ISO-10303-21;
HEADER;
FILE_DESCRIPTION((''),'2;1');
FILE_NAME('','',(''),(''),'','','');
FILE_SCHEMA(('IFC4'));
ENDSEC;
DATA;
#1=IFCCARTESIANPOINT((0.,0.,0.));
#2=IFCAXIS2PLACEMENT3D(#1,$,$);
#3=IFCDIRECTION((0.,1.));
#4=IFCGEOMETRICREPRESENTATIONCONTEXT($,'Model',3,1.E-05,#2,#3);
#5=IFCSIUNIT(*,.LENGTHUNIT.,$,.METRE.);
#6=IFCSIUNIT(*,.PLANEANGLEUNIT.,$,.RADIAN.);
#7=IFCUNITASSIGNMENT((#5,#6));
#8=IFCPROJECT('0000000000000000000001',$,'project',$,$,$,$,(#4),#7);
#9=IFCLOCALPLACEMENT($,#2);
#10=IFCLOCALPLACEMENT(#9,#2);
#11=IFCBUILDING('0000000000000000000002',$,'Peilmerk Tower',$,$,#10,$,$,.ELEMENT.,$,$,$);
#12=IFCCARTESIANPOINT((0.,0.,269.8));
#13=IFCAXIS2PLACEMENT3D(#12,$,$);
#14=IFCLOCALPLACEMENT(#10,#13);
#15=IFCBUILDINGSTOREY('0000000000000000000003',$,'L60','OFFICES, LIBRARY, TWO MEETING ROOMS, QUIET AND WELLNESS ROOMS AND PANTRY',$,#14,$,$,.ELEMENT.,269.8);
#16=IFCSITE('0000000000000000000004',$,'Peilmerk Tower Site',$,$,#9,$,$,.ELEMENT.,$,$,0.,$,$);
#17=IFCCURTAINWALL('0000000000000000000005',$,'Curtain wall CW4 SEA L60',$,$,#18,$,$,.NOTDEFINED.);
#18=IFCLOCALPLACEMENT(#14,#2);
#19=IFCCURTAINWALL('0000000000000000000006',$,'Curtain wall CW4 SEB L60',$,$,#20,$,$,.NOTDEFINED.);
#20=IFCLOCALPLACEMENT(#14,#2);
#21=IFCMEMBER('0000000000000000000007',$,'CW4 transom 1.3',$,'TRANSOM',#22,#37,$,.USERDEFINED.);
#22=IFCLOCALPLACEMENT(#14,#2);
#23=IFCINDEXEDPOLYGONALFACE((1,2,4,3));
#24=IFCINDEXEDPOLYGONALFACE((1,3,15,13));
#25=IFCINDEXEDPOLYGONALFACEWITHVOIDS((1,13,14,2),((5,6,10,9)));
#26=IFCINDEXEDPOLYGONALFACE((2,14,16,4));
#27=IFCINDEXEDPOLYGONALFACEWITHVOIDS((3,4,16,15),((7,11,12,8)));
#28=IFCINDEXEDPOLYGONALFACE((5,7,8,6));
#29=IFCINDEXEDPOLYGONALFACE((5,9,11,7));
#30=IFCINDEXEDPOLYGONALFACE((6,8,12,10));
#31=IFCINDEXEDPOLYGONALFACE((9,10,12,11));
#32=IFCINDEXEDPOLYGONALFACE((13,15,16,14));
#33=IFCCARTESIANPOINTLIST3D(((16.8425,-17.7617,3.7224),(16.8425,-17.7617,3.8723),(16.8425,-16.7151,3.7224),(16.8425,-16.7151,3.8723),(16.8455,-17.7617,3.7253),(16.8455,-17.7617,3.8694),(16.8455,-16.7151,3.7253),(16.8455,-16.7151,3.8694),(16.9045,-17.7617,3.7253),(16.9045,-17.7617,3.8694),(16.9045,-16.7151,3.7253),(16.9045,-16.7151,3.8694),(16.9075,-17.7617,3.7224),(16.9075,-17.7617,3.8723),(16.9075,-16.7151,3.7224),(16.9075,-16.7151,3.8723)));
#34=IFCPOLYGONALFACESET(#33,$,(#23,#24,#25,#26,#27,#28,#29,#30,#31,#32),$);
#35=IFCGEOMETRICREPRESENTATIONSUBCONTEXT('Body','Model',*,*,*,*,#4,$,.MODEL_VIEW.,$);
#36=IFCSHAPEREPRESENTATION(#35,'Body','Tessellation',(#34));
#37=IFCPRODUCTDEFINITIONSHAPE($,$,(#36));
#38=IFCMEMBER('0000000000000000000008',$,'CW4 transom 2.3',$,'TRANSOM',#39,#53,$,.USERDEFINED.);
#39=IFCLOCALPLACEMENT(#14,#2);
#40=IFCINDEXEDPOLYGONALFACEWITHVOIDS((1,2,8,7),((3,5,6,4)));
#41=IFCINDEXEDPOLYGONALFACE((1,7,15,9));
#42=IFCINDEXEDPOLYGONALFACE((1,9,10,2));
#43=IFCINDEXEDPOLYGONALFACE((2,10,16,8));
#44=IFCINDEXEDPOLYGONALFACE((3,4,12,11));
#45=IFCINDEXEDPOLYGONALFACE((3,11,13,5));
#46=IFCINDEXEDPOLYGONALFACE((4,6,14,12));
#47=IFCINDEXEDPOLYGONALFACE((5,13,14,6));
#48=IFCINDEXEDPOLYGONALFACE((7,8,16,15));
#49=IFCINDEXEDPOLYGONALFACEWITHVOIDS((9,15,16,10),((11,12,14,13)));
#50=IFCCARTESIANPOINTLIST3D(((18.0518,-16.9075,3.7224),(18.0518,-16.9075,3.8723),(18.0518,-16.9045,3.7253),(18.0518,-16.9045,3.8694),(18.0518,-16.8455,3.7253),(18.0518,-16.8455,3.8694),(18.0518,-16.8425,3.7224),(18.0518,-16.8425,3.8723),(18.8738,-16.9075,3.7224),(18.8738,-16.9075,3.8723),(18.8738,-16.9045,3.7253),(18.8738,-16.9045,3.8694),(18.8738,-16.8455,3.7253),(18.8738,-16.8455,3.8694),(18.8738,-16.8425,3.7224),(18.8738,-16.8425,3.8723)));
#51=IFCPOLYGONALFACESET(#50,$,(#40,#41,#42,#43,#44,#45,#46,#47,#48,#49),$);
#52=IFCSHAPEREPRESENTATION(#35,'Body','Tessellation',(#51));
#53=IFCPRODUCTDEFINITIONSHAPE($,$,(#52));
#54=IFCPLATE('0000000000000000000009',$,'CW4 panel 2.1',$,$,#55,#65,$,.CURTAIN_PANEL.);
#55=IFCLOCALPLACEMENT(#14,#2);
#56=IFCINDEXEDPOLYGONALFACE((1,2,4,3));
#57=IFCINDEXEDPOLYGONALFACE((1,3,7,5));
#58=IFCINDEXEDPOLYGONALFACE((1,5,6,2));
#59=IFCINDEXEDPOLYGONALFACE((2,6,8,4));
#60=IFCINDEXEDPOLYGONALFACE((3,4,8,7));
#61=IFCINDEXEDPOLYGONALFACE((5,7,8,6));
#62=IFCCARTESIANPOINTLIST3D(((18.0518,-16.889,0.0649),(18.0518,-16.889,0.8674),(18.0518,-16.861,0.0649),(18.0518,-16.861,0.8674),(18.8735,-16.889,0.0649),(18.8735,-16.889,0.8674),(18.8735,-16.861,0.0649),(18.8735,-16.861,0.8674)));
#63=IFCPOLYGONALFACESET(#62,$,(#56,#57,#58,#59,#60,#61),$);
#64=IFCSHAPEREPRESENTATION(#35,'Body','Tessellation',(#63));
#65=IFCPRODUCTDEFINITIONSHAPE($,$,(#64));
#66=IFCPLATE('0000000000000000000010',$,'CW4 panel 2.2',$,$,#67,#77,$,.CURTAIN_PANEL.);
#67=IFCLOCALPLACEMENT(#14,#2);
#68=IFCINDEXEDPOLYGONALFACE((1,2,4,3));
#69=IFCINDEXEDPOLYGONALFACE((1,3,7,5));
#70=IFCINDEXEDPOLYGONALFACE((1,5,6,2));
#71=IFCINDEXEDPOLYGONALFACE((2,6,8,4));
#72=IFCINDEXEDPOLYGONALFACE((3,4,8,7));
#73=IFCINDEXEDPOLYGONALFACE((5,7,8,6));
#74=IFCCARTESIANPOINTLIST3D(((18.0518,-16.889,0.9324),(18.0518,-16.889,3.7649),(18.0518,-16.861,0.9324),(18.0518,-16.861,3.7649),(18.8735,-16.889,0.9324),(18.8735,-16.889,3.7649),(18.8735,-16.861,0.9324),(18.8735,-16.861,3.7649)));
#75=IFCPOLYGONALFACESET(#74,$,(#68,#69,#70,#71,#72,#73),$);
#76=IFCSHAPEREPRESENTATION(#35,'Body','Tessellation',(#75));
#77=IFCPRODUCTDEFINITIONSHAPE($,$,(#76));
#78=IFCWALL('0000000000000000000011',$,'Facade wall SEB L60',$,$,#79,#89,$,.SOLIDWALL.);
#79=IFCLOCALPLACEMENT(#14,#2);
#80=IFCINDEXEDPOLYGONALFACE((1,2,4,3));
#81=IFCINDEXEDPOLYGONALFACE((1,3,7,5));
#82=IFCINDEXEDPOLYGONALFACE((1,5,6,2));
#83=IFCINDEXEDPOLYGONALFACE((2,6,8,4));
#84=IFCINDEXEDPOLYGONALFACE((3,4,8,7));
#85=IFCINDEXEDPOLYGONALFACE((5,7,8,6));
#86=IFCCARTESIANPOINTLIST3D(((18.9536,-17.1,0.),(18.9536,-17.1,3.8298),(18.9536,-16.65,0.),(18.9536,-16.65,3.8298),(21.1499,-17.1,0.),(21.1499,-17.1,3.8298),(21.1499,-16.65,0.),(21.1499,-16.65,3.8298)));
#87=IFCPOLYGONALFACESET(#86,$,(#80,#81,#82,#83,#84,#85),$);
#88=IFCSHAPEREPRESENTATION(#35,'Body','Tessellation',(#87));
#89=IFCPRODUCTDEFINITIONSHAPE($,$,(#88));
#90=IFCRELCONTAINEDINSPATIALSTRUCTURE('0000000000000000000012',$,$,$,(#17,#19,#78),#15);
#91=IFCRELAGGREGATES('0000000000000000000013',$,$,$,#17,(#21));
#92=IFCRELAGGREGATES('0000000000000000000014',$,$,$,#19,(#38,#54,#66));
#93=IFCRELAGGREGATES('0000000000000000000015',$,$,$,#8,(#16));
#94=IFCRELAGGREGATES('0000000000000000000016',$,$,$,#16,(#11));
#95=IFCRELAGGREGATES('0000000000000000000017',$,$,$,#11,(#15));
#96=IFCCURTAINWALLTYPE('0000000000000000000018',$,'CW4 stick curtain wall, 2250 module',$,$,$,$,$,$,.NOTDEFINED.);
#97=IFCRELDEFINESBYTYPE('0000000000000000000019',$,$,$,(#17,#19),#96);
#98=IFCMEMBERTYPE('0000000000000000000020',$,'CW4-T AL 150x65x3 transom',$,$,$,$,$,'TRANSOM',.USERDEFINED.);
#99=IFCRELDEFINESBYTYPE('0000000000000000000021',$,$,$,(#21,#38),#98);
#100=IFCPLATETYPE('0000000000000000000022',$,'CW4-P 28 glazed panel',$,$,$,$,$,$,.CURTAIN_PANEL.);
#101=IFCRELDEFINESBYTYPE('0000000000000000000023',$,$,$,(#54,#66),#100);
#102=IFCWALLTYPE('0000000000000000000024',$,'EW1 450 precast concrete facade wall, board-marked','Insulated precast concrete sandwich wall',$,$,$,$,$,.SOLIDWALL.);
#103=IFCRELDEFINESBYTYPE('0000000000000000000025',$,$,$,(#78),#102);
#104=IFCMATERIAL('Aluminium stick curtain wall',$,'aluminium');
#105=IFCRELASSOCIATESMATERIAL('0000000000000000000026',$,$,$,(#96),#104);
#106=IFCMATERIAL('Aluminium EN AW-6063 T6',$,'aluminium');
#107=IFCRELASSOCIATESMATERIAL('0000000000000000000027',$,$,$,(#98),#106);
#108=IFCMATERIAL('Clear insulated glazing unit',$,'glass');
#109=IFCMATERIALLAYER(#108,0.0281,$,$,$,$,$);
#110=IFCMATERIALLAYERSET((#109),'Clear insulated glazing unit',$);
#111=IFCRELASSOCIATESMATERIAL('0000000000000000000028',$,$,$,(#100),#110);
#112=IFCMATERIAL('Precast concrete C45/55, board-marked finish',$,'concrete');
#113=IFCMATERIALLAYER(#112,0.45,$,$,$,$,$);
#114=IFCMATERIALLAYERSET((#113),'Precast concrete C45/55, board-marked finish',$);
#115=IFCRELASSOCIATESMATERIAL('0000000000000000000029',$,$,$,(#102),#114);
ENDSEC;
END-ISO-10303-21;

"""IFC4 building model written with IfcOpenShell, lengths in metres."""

from ifc_helpers import new_model, si_unit, direction, frame, frame_2d, origin, origin_2d, place, context, subcontext, project, spatial, rectangle, hollow_rectangle, extrude, material, layer, layer_set, material_profile, profile_set, type_object, element, aggregate, save


model = new_model("IFC4")

# Units and contexts
model_context = context("Model", 3, precision=1e-05, world=origin(), true_north=direction((0.0, 1.0)))
body_context = subcontext(model_context, "Body", "Model", "MODEL_VIEW")
ifc_project = project(units=[si_unit("LENGTHUNIT", "METRE"), si_unit("PLANEANGLEUNIT", "RADIAN")], contexts=[model_context])

# Site, building, storey
site_placement = place(None, origin())
site = spatial("IfcSite", under=ifc_project, at=site_placement, Name="Peilmerk Tower Site", CompositionType="ELEMENT", RefElevation=0.0)
building_placement = place(site_placement, origin())
building = spatial("IfcBuilding", under=site, at=building_placement, Name="Peilmerk Tower", CompositionType="ELEMENT")
storey_placement = place(building_placement, frame((0.0, 0.0, 269.8)))
storey = spatial("IfcBuildingStorey", under=building, at=storey_placement, Name="L60", Description="OFFICES, LIBRARY, TWO MEETING ROOMS, QUIET AND WELLNESS ROOMS AND PANTRY", CompositionType="ELEMENT", Elevation=269.8)

# Curtain walls
ifc_material_1 = material(Name="Aluminium stick curtain wall", Category="aluminium")
curtain_wall_type = type_object("IfcCurtainWallType", Name="CW4 stick curtain wall, 2250 module", PredefinedType="NOTDEFINED", material=ifc_material_1)
curtain_wall_1_placement = place(storey_placement, origin())
curtain_wall_1 = element("IfcCurtainWall", 1, at=curtain_wall_1_placement, inside=storey, type_object=curtain_wall_type, Name="Curtain wall CW4 SEA L60", PredefinedType="NOTDEFINED")
ifc_material_2 = material(Name="Aluminium EN AW-6063 T6", Category="aluminium")
curtain_wall_2_placement = place(storey_placement, origin())
curtain_wall_2 = element("IfcCurtainWall", 2, at=curtain_wall_2_placement, inside=storey, type_object=curtain_wall_type, Name="Curtain wall CW4 SEB L60", PredefinedType="NOTDEFINED")

# Members
ifc_material_profile_1 = material_profile(ifc_material_2, hollow_rectangle(XDim=0.0649, YDim=0.1499, WallThickness=0.0029, at=origin_2d()), Name="AL 150x65x3")
ifc_profile_set_1 = profile_set([ifc_material_profile_1], Name="Aluminium EN AW-6063 T6")
member_type_1 = type_object("IfcMemberType", Name="CW4-T AL 150x65x3 transom", ElementType="TRANSOM", PredefinedType="USERDEFINED", material=ifc_profile_set_1)
member_1_placement = place(storey_placement, frame((16.875, -16.7151, 3.7974), z_axis=(0.0, -1.0, 0.0), x_axis=(1.0, 0.0, 0.0)))
member_1 = element("IfcMember", 3, at=member_1_placement, type_object=member_type_1, Name="CW4 transom 1.3", ObjectType="TRANSOM", PredefinedType="USERDEFINED", context=body_context, shape_type="SweptSolid", body=[
    extrude(hollow_rectangle(XDim=0.0649, YDim=0.1499, WallThickness=0.0029, at=origin_2d()), origin(), (0.0, 0.0, 1.0), 1.0466),
])
aggregate(curtain_wall_1, [member_1])
member_2_placement = place(storey_placement, frame((18.0518, -16.875, 3.7974), z_axis=(1.0, 0.0, 0.0), x_axis=(0.0, 1.0, 0.0)))
member_2 = element("IfcMember", 4, at=member_2_placement, type_object=member_type_1, Name="CW4 transom 2.3", ObjectType="TRANSOM", PredefinedType="USERDEFINED", context=body_context, shape_type="SweptSolid", body=[
    extrude(hollow_rectangle(XDim=0.0649, YDim=0.1499, WallThickness=0.0029, at=origin_2d()), origin(), (0.0, 0.0, 1.0), 0.822),
])

# Plates
ifc_material_3 = material(Name="Clear insulated glazing unit", Category="glass")
ifc_layer_1 = layer(ifc_material_3, 0.0281)
ifc_layer_set_1 = layer_set([ifc_layer_1], Name="Clear insulated glazing unit")
plate_type = type_object("IfcPlateType", Name="CW4-P 28 glazed panel", PredefinedType="CURTAIN_PANEL", material=ifc_layer_set_1)
plate_1_placement = place(storey_placement, frame((18.4626, -16.875, 0.0649), z_axis=(0.0, 0.0, 1.0), x_axis=(1.0, 0.0, 0.0)))
plate_1 = element("IfcPlate", 5, at=plate_1_placement, type_object=plate_type, Name="CW4 panel 2.1", PredefinedType="CURTAIN_PANEL", context=body_context, shape_type="SweptSolid", body=[
    extrude(rectangle(XDim=0.8218, YDim=0.0281, at=origin_2d()), origin(), (0.0, 0.0, 1.0), 0.8025),
])
plate_2_placement = place(storey_placement, frame((18.4626, -16.875, 0.9324), z_axis=(0.0, 0.0, 1.0), x_axis=(1.0, 0.0, 0.0)))
plate_2 = element("IfcPlate", 6, at=plate_2_placement, type_object=plate_type, Name="CW4 panel 2.2", PredefinedType="CURTAIN_PANEL", context=body_context, shape_type="SweptSolid", body=[
    extrude(rectangle(XDim=0.8218, YDim=0.0281, at=origin_2d()), origin(), (0.0, 0.0, 1.0), 2.8325),
])
aggregate(curtain_wall_2, [member_2, plate_1, plate_2])

# Wall
ifc_material_4 = material(Name="Precast concrete C45/55, board-marked finish", Category="concrete")
ifc_layer_2 = layer(ifc_material_4, 0.45)
ifc_layer_set_2 = layer_set([ifc_layer_2], Name="Precast concrete C45/55, board-marked finish")
wall_type_1 = type_object("IfcWallType", Name="EW1 450 precast concrete facade wall, board-marked", Description="Insulated precast concrete sandwich wall", PredefinedType="SOLIDWALL", material=ifc_layer_set_2)
wall_1_placement = place(storey_placement, frame((18.9536, -16.875, 0.0), z_axis=(0.0, 0.0, 1.0), x_axis=(1.0, 0.0, 0.0)))
element("IfcWall", 7, at=wall_1_placement, inside=storey, type_object=wall_type_1, Name="Facade wall SEB L60", PredefinedType="SOLIDWALL", context=body_context, shape_type="SweptSolid", body=[
    extrude(rectangle(XDim=2.1963, YDim=0.45, at=frame_2d((1.0981, 0.0))), origin(), (0.0, 0.0, 1.0), 3.8298),
])

save(model, "model.ifc")
